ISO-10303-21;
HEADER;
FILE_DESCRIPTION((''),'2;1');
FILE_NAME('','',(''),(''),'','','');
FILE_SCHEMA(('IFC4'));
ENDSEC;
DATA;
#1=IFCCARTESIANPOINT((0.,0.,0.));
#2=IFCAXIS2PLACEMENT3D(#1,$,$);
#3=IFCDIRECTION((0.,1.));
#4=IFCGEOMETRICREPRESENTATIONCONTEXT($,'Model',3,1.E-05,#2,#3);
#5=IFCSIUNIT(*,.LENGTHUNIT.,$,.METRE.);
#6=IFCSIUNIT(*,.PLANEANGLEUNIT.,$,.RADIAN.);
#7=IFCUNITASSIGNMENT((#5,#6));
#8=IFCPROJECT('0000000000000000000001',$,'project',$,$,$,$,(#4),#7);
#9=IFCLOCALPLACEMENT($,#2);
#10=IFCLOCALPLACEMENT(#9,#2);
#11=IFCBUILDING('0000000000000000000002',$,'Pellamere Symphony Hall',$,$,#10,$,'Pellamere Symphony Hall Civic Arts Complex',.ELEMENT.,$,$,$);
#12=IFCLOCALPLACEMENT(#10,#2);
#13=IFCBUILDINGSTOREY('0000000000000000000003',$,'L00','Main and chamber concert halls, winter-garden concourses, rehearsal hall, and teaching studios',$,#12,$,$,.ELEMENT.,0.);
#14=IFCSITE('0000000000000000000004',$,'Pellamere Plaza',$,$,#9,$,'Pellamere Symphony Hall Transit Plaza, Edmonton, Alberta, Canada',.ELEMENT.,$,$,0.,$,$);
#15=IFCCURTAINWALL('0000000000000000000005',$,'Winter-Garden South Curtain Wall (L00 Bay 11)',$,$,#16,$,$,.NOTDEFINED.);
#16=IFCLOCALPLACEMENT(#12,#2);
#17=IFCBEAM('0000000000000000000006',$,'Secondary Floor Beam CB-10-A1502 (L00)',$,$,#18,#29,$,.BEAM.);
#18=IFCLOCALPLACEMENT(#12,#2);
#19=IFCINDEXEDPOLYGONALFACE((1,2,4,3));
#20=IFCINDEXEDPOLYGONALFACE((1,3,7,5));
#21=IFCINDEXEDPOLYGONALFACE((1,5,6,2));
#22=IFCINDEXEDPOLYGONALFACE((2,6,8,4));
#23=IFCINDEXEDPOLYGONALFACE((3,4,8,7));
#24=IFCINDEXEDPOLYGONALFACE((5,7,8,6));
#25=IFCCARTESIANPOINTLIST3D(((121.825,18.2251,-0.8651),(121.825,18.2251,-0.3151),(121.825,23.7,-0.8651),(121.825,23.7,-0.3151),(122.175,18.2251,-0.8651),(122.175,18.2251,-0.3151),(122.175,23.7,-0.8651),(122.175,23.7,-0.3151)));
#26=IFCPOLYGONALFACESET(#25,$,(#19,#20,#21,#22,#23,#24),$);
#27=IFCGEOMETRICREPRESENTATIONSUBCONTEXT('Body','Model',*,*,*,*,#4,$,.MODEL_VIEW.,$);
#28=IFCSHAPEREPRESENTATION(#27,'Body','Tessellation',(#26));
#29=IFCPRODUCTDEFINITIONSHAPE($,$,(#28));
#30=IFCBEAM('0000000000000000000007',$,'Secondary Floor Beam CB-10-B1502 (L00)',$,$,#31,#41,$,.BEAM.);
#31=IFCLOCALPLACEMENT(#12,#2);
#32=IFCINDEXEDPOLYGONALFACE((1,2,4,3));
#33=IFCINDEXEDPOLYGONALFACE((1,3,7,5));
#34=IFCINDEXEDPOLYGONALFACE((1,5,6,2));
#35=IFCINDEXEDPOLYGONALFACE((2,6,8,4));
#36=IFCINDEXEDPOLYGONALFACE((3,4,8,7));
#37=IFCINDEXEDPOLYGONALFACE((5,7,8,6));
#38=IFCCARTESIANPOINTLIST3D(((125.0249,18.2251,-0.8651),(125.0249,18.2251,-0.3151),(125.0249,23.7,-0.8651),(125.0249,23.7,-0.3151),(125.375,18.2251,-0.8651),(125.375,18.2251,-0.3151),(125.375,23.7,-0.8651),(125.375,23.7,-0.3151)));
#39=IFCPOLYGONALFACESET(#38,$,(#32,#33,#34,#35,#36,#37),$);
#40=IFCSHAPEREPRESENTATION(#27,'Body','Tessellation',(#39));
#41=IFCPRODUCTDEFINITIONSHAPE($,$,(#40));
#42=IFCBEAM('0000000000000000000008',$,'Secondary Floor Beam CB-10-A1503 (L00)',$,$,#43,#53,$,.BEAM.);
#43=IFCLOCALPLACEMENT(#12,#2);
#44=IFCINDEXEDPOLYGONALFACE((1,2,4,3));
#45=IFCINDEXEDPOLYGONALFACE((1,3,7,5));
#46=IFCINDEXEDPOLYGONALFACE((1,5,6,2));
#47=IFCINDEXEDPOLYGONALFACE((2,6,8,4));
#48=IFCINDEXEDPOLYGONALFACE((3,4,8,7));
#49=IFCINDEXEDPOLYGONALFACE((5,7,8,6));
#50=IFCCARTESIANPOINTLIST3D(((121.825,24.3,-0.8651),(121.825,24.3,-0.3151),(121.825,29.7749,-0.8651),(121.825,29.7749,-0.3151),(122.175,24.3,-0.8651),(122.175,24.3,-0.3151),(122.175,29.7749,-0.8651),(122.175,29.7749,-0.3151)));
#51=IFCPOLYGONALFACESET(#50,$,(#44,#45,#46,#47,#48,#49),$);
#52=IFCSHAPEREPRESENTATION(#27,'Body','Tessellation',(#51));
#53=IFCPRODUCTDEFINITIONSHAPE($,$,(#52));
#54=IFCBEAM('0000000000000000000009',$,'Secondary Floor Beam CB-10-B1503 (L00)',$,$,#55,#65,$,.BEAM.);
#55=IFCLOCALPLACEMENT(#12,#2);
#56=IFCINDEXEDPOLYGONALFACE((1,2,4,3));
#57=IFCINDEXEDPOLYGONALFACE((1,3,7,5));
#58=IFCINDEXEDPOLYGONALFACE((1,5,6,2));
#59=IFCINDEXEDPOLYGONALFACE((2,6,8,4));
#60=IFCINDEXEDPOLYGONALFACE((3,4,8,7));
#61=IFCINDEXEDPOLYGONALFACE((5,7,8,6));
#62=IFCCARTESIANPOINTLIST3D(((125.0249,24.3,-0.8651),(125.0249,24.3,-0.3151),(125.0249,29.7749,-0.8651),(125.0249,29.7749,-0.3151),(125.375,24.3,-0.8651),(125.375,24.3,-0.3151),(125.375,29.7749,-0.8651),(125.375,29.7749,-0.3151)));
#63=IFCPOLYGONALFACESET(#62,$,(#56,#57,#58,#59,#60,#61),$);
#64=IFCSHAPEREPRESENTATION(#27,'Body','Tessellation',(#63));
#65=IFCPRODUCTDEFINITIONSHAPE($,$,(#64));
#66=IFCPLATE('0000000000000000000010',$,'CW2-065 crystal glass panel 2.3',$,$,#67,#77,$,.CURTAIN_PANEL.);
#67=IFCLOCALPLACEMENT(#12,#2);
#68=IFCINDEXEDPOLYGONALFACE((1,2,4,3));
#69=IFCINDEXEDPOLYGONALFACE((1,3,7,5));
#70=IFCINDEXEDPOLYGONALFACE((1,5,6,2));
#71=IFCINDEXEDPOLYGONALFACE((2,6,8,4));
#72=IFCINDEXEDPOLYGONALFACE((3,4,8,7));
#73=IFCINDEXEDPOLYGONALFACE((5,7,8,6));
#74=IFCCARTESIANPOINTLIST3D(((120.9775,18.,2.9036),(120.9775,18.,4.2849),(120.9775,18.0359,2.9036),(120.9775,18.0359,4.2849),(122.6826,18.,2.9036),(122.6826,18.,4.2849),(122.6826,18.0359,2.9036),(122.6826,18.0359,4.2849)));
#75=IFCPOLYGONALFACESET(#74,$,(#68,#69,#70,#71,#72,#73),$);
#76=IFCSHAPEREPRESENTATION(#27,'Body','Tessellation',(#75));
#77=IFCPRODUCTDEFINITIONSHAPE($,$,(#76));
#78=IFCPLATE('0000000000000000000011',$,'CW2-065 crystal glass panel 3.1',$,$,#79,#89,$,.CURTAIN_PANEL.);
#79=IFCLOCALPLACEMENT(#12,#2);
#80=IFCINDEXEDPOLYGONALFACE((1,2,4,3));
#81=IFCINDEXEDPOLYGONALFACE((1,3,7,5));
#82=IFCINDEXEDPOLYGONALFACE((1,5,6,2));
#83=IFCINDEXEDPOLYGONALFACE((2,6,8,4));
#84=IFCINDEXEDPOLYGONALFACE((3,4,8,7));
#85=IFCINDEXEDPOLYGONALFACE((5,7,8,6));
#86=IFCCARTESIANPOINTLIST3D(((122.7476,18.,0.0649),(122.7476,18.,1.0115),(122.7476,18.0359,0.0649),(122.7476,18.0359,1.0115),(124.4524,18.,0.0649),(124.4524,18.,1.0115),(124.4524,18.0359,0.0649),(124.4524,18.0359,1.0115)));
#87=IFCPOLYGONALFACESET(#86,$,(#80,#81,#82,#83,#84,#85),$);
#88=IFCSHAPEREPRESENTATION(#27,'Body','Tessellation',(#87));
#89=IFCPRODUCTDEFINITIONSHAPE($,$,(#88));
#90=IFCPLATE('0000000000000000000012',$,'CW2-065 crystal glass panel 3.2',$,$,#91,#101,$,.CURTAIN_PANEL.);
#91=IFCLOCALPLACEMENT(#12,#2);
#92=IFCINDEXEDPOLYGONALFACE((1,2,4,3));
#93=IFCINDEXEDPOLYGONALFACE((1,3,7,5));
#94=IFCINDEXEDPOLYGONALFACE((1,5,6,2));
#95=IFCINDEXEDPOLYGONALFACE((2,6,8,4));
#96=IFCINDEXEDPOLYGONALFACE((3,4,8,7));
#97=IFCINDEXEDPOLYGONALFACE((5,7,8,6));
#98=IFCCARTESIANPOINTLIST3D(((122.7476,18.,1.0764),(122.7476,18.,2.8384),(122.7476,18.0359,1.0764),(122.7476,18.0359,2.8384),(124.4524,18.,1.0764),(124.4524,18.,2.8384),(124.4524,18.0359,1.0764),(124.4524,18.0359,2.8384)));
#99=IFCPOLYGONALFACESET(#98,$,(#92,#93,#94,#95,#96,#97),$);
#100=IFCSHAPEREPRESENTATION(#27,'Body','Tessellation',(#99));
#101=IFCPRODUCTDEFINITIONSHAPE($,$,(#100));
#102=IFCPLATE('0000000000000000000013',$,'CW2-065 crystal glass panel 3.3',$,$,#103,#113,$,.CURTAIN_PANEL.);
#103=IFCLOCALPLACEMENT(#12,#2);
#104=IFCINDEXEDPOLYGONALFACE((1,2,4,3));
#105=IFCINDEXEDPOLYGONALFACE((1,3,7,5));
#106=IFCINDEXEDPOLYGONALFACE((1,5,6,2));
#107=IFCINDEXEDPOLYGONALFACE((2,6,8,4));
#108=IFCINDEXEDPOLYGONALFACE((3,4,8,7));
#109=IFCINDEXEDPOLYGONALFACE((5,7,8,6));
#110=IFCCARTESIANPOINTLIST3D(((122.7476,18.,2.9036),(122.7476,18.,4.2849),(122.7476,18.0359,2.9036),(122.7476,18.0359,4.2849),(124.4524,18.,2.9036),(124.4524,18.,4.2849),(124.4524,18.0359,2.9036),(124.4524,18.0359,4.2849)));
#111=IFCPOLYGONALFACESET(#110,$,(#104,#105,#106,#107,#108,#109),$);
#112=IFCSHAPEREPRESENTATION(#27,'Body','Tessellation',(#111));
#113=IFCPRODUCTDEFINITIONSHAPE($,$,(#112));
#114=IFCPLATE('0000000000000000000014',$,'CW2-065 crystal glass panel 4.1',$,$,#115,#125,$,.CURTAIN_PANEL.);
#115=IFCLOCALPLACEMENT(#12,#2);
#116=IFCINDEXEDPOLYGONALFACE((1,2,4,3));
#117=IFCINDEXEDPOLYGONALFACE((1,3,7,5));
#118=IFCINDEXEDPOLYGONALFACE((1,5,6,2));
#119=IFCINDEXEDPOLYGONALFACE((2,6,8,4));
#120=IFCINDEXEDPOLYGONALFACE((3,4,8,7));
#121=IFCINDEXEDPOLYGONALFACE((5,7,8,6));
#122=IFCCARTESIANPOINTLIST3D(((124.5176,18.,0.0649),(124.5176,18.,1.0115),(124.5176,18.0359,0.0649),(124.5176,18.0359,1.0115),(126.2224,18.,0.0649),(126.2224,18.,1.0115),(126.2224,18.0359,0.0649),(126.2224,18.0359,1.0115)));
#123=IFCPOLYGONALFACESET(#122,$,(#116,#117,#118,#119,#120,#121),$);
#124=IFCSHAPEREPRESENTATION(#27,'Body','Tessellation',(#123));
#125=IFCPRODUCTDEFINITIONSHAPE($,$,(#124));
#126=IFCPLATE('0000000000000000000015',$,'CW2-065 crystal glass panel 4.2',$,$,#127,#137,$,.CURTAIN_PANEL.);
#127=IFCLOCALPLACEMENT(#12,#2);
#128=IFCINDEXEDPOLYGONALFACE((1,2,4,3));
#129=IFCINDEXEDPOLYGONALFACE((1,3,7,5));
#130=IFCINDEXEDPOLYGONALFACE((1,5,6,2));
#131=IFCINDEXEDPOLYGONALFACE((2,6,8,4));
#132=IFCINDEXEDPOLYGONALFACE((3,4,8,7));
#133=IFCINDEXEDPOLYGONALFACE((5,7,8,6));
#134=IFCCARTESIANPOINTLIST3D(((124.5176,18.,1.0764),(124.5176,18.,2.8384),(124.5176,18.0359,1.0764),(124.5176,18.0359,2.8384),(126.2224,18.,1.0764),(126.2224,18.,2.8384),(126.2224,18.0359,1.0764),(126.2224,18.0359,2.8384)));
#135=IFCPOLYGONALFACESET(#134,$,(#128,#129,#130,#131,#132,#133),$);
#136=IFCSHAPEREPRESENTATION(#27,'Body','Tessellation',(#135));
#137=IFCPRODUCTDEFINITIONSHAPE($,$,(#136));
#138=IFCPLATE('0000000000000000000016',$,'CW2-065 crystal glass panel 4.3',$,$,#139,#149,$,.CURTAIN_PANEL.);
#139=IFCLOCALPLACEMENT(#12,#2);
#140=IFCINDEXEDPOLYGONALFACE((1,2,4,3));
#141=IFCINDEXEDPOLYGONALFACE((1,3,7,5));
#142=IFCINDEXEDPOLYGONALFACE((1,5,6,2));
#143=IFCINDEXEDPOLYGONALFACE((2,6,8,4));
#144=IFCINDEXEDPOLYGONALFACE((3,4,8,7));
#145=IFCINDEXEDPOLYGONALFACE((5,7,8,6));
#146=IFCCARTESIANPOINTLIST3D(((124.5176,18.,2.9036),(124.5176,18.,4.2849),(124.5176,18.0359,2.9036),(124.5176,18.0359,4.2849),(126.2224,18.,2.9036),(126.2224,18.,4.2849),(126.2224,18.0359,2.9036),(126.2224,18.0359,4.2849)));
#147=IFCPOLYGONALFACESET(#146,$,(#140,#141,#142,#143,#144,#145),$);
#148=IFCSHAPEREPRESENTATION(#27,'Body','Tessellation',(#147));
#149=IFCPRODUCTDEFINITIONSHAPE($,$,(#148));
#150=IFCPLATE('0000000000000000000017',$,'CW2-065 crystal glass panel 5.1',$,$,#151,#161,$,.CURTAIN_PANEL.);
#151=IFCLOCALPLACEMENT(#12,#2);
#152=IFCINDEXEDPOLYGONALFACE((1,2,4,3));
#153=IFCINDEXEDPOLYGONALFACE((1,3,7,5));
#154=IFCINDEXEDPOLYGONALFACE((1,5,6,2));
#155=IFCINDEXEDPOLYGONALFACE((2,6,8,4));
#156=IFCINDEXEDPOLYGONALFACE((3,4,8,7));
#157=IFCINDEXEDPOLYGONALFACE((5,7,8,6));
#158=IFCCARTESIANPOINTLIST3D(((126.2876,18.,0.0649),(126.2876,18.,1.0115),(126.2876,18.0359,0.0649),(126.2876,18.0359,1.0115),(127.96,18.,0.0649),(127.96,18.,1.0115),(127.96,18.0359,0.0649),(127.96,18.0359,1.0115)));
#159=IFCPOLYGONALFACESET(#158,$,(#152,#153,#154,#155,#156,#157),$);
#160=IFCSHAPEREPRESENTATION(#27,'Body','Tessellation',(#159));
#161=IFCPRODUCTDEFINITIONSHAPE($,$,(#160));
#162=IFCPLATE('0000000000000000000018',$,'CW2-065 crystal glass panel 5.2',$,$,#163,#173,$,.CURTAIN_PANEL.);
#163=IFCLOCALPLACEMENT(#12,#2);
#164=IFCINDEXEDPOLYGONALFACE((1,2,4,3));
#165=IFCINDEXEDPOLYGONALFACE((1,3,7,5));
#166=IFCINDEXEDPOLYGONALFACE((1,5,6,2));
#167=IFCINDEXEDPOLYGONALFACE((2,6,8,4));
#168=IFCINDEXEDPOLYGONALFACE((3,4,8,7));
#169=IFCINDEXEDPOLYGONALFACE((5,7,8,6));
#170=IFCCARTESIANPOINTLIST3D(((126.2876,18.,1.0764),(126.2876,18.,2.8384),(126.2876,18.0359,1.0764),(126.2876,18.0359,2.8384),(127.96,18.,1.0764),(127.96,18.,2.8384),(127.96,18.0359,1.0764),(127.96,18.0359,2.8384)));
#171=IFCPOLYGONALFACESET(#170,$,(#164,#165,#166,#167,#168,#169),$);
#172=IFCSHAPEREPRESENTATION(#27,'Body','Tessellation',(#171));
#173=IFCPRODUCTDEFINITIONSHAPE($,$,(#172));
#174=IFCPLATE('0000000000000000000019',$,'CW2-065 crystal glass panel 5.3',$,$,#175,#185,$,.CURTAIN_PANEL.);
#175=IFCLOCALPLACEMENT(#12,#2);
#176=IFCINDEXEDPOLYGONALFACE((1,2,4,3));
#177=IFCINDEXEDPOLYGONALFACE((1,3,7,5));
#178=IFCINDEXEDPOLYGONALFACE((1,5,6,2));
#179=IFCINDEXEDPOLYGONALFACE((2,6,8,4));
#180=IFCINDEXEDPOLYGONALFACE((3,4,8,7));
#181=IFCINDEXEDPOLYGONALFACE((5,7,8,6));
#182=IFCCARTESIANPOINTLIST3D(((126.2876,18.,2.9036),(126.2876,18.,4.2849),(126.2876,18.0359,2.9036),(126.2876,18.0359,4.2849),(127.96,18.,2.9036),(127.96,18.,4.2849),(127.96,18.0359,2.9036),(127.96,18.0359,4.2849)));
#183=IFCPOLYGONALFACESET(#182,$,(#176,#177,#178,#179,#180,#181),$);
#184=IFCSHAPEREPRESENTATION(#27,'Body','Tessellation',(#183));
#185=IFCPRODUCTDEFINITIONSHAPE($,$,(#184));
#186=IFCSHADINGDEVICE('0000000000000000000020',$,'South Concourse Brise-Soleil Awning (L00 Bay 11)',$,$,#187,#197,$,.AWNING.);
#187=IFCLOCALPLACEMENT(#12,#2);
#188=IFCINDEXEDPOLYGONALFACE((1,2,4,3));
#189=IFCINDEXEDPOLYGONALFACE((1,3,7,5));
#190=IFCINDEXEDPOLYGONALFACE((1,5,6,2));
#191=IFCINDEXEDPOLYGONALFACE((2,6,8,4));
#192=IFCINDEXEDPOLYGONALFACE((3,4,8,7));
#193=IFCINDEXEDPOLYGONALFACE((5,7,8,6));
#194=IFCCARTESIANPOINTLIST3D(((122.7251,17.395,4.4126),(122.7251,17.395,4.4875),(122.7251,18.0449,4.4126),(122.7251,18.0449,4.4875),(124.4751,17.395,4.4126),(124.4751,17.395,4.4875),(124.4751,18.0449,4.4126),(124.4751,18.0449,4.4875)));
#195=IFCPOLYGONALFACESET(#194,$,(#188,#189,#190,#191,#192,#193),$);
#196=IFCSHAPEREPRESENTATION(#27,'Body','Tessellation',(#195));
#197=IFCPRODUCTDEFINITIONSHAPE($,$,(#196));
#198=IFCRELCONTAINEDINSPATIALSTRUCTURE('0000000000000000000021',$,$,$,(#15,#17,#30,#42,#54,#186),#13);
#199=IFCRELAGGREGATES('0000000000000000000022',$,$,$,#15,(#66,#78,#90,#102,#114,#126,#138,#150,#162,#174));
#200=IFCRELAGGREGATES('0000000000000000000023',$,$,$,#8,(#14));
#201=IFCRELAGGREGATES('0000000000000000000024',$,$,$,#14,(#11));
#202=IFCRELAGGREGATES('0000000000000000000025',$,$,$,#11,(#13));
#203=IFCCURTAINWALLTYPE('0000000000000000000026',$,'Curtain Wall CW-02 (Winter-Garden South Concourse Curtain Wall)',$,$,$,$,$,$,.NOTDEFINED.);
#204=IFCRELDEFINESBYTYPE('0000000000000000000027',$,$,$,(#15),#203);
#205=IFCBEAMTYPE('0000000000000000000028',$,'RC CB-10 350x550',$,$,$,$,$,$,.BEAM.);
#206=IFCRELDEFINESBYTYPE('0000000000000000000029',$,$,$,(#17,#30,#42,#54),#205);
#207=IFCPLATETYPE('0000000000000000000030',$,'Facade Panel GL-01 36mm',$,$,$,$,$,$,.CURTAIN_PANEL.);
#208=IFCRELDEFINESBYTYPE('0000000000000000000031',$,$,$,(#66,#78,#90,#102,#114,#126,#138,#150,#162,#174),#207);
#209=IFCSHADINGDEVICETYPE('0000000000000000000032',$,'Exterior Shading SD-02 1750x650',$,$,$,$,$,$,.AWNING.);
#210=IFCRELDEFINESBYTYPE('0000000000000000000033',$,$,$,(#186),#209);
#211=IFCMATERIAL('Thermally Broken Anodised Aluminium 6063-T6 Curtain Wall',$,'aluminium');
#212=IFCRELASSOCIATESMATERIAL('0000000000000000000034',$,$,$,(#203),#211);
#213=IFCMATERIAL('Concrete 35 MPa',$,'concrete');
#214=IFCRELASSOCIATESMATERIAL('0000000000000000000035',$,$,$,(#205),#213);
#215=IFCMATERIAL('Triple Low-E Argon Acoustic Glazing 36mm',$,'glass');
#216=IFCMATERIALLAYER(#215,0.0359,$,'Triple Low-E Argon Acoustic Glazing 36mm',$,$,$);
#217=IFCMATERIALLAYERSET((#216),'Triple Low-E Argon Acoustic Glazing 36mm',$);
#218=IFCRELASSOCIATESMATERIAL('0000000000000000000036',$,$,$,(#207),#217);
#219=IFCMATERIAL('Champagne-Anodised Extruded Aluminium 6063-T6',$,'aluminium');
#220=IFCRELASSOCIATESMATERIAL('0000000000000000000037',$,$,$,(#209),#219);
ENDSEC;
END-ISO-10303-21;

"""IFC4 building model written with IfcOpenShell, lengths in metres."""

from ifc_helpers import new_model, si_unit, direction, frame, origin, origin_2d, place, context, subcontext, project, spatial, polyline, rectangle, outline, extrude, material, layer, layer_set, material_profile, profile_set, type_object, element, aggregate, save


model = new_model("IFC4")

# Units and contexts
model_context = context("Model", 3, precision=1e-05, world=origin(), true_north=direction((0.0, 1.0)))
body_context = subcontext(model_context, "Body", "Model", "MODEL_VIEW")
ifc_project = project(units=[si_unit("LENGTHUNIT", "METRE"), si_unit("PLANEANGLEUNIT", "RADIAN")], contexts=[model_context])

# Site, building, storey
site_placement = place(None, origin())
site = spatial("IfcSite", under=ifc_project, at=site_placement, Name="Pellamere Plaza", LongName="Pellamere Symphony Hall Transit Plaza, Edmonton, Alberta, Canada", CompositionType="ELEMENT", RefElevation=0.0)
building_placement = place(site_placement, origin())
building = spatial("IfcBuilding", under=site, at=building_placement, Name="Pellamere Symphony Hall", LongName="Pellamere Symphony Hall Civic Arts Complex", CompositionType="ELEMENT")
storey_placement = place(building_placement, origin())
storey = spatial("IfcBuildingStorey", under=building, at=storey_placement, Name="L00", Description="Main and chamber concert halls, winter-garden concourses, rehearsal hall, and teaching studios", CompositionType="ELEMENT", Elevation=0.0)

# Curtain wall
ifc_material_1 = material(Name="Thermally Broken Anodised Aluminium 6063-T6 Curtain Wall", Category="aluminium")
curtain_wall_type = type_object("IfcCurtainWallType", Name="Curtain Wall CW-02 (Winter-Garden South Concourse Curtain Wall)", PredefinedType="NOTDEFINED", material=ifc_material_1)
curtain_wall_placement = place(storey_placement, origin())
curtain_wall = element("IfcCurtainWall", 1, at=curtain_wall_placement, inside=storey, type_object=curtain_wall_type, Name="Winter-Garden South Curtain Wall (L00 Bay 11)", PredefinedType="NOTDEFINED")

# Beams
ifc_material_2 = material(Name="Concrete 35 MPa", Category="concrete")
ifc_material_profile_1 = material_profile(ifc_material_2, rectangle(XDim=0.3501, YDim=0.55, at=origin_2d()), Name="RC 350x550")
ifc_profile_set_1 = profile_set([ifc_material_profile_1], Name="Concrete 35 MPa")
beam_type_1 = type_object("IfcBeamType", Name="RC CB-10 350x550", PredefinedType="BEAM", material=ifc_profile_set_1)
for number, where, z_axis, x_axis, name in (
    (2, (122.0, 18.2251, -0.5901), (0.0, 1.0, 0.0), (-1.0, 0.0, 0.0), "Secondary Floor Beam CB-10-A1502 (L00)"),
    (3, (125.2, 18.2251, -0.5901), (0.0, 1.0, 0.0), (-1.0, 0.0, 0.0), "Secondary Floor Beam CB-10-B1502 (L00)"),
    (4, (122.0, 24.3, -0.5901), (0.0, 1.0, 0.0), (-1.0, 0.0, 0.0), "Secondary Floor Beam CB-10-A1503 (L00)"),
    (5, (125.2, 24.3, -0.5901), (0.0, 1.0, 0.0), (-1.0, 0.0, 0.0), "Secondary Floor Beam CB-10-B1503 (L00)"),
):
    element("IfcBeam", number, at=place(storey_placement, frame(where, z_axis=z_axis, x_axis=x_axis)), inside=storey, type_object=beam_type_1, Name=name, PredefinedType="BEAM", context=body_context, shape_type="SweptSolid", body=[
        extrude(rectangle(XDim=0.3501, YDim=0.55, at=origin_2d()), origin(), (0.0, 0.0, 1.0), 5.4749),
    ])

# Plates
ifc_material_3 = material(Name="Triple Low-E Argon Acoustic Glazing 36mm", Category="glass")
ifc_layer_1 = layer(ifc_material_3, 0.0359, Name="Triple Low-E Argon Acoustic Glazing 36mm")
ifc_layer_set_1 = layer_set([ifc_layer_1], Name="Triple Low-E Argon Acoustic Glazing 36mm")
plate_type = type_object("IfcPlateType", Name="Facade Panel GL-01 36mm", PredefinedType="CURTAIN_PANEL", material=ifc_layer_set_1)
plate_1_placement = place(storey_placement, frame((120.9775, 18.0, 2.9036), z_axis=(0.0, -1.0, 0.0), x_axis=(1.0, 0.0, 0.0)))
plate_1 = element("IfcPlate", 6, at=plate_1_placement, type_object=plate_type, Name="CW2-065 crystal glass panel 2.3", PredefinedType="CURTAIN_PANEL", context=body_context, shape_type="SweptSolid", body=[
    extrude(outline(polyline([(0.0, 0.0), (1.7051, 0.0), (1.7051, 1.3813), (0.0, 1.3813), (0.0, 0.0)])), origin(), (0.0, 0.0, -1.0), 0.0359),
])
plate_2_placement = place(storey_placement, frame((122.7476, 18.0, 0.0649), z_axis=(0.0, -1.0, 0.0), x_axis=(1.0, 0.0, 0.0)))
plate_2 = element("IfcPlate", 7, at=plate_2_placement, type_object=plate_type, Name="CW2-065 crystal glass panel 3.1", PredefinedType="CURTAIN_PANEL", context=body_context, shape_type="SweptSolid", body=[
    extrude(outline(polyline([(0.0, 0.0), (1.7048, 0.0), (1.7048, 0.9465), (0.0, 0.9465), (0.0, 0.0)])), origin(), (0.0, 0.0, -1.0), 0.0359),
])
plate_3_placement = place(storey_placement, frame((122.7476, 18.0, 1.0764), z_axis=(0.0, -1.0, 0.0), x_axis=(1.0, 0.0, 0.0)))
plate_3 = element("IfcPlate", 8, at=plate_3_placement, type_object=plate_type, Name="CW2-065 crystal glass panel 3.2", PredefinedType="CURTAIN_PANEL", context=body_context, shape_type="SweptSolid", body=[
    extrude(outline(polyline([(0.0, 0.0), (1.7048, 0.0), (1.7048, 1.762), (0.0, 1.762), (0.0, 0.0)])), origin(), (0.0, 0.0, -1.0), 0.0359),
])
plate_4_placement = place(storey_placement, frame((122.7476, 18.0, 2.9036), z_axis=(0.0, -1.0, 0.0), x_axis=(1.0, 0.0, 0.0)))
plate_4 = element("IfcPlate", 9, at=plate_4_placement, type_object=plate_type, Name="CW2-065 crystal glass panel 3.3", PredefinedType="CURTAIN_PANEL", context=body_context, shape_type="SweptSolid", body=[
    extrude(outline(polyline([(0.0, 0.0), (1.7048, 0.0), (1.7048, 1.3813), (0.0, 1.3813), (0.0, 0.0)])), origin(), (0.0, 0.0, -1.0), 0.0359),
])
plate_5_placement = place(storey_placement, frame((124.5176, 18.0, 0.0649), z_axis=(0.0, -1.0, 0.0), x_axis=(1.0, 0.0, 0.0)))
plate_5 = element("IfcPlate", 10, at=plate_5_placement, type_object=plate_type, Name="CW2-065 crystal glass panel 4.1", PredefinedType="CURTAIN_PANEL", context=body_context, shape_type="SweptSolid", body=[
    extrude(outline(polyline([(0.0, 0.0), (1.7048, 0.0), (1.7048, 0.9465), (0.0, 0.9465), (0.0, 0.0)])), origin(), (0.0, 0.0, -1.0), 0.0359),
])
plate_6_placement = place(storey_placement, frame((124.5176, 18.0, 1.0764), z_axis=(0.0, -1.0, 0.0), x_axis=(1.0, 0.0, 0.0)))
plate_6 = element("IfcPlate", 11, at=plate_6_placement, type_object=plate_type, Name="CW2-065 crystal glass panel 4.2", PredefinedType="CURTAIN_PANEL", context=body_context, shape_type="SweptSolid", body=[
    extrude(outline(polyline([(0.0, 0.0), (1.7048, 0.0), (1.7048, 1.762), (0.0, 1.762), (0.0, 0.0)])), origin(), (0.0, 0.0, -1.0), 0.0359),
])
plate_7_placement = place(storey_placement, frame((124.5176, 18.0, 2.9036), z_axis=(0.0, -1.0, 0.0), x_axis=(1.0, 0.0, 0.0)))
plate_7 = element("IfcPlate", 12, at=plate_7_placement, type_object=plate_type, Name="CW2-065 crystal glass panel 4.3", PredefinedType="CURTAIN_PANEL", context=body_context, shape_type="SweptSolid", body=[
    extrude(outline(polyline([(0.0, 0.0), (1.7048, 0.0), (1.7048, 1.3813), (0.0, 1.3813), (0.0, 0.0)])), origin(), (0.0, 0.0, -1.0), 0.0359),
])
plate_8_placement = place(storey_placement, frame((126.2876, 18.0, 0.0649), z_axis=(0.0, -1.0, 0.0), x_axis=(1.0, 0.0, 0.0)))
plate_8 = element("IfcPlate", 13, at=plate_8_placement, type_object=plate_type, Name="CW2-065 crystal glass panel 5.1", PredefinedType="CURTAIN_PANEL", context=body_context, shape_type="SweptSolid", body=[
    extrude(outline(polyline([(0.0, 0.0), (1.6724, 0.0), (1.6724, 0.9465), (0.0, 0.9465), (0.0, 0.0)])), origin(), (0.0, 0.0, -1.0), 0.0359),
])
plate_9_placement = place(storey_placement, frame((126.2876, 18.0, 1.0764), z_axis=(0.0, -1.0, 0.0), x_axis=(1.0, 0.0, 0.0)))
plate_9 = element("IfcPlate", 14, at=plate_9_placement, type_object=plate_type, Name="CW2-065 crystal glass panel 5.2", PredefinedType="CURTAIN_PANEL", context=body_context, shape_type="SweptSolid", body=[
    extrude(outline(polyline([(0.0, 0.0), (1.6724, 0.0), (1.6724, 1.762), (0.0, 1.762), (0.0, 0.0)])), origin(), (0.0, 0.0, -1.0), 0.0359),
])
plate_10_placement = place(storey_placement, frame((126.2876, 18.0, 2.9036), z_axis=(0.0, -1.0, 0.0), x_axis=(1.0, 0.0, 0.0)))
plate_10 = element("IfcPlate", 15, at=plate_10_placement, type_object=plate_type, Name="CW2-065 crystal glass panel 5.3", PredefinedType="CURTAIN_PANEL", context=body_context, shape_type="SweptSolid", body=[
    extrude(outline(polyline([(0.0, 0.0), (1.6724, 0.0), (1.6724, 1.3813), (0.0, 1.3813), (0.0, 0.0)])), origin(), (0.0, 0.0, -1.0), 0.0359),
])
aggregate(curtain_wall, [plate_1, plate_2, plate_3, plate_4, plate_5, plate_6, plate_7, plate_8, plate_9, plate_10])

# Shading device
ifc_material_4 = material(Name="Champagne-Anodised Extruded Aluminium 6063-T6", Category="aluminium")
shading_device_type = type_object("IfcShadingDeviceType", Name="Exterior Shading SD-02 1750x650", PredefinedType="AWNING", material=ifc_material_4)
shading_device_placement = place(storey_placement, frame((123.6001, 17.72, 4.4126), z_axis=(0.0, 0.0, 1.0), x_axis=(1.0, 0.0, 0.0)))
element("IfcShadingDevice", 16, at=shading_device_placement, inside=storey, type_object=shading_device_type, Name="South Concourse Brise-Soleil Awning (L00 Bay 11)", PredefinedType="AWNING", context=body_context, shape_type="SweptSolid", body=[
    extrude(rectangle(XDim=1.75, YDim=0.6499, at=origin_2d()), origin(), (0.0, 0.0, 1.0), 0.075),
])

save(model, "model.ifc")
